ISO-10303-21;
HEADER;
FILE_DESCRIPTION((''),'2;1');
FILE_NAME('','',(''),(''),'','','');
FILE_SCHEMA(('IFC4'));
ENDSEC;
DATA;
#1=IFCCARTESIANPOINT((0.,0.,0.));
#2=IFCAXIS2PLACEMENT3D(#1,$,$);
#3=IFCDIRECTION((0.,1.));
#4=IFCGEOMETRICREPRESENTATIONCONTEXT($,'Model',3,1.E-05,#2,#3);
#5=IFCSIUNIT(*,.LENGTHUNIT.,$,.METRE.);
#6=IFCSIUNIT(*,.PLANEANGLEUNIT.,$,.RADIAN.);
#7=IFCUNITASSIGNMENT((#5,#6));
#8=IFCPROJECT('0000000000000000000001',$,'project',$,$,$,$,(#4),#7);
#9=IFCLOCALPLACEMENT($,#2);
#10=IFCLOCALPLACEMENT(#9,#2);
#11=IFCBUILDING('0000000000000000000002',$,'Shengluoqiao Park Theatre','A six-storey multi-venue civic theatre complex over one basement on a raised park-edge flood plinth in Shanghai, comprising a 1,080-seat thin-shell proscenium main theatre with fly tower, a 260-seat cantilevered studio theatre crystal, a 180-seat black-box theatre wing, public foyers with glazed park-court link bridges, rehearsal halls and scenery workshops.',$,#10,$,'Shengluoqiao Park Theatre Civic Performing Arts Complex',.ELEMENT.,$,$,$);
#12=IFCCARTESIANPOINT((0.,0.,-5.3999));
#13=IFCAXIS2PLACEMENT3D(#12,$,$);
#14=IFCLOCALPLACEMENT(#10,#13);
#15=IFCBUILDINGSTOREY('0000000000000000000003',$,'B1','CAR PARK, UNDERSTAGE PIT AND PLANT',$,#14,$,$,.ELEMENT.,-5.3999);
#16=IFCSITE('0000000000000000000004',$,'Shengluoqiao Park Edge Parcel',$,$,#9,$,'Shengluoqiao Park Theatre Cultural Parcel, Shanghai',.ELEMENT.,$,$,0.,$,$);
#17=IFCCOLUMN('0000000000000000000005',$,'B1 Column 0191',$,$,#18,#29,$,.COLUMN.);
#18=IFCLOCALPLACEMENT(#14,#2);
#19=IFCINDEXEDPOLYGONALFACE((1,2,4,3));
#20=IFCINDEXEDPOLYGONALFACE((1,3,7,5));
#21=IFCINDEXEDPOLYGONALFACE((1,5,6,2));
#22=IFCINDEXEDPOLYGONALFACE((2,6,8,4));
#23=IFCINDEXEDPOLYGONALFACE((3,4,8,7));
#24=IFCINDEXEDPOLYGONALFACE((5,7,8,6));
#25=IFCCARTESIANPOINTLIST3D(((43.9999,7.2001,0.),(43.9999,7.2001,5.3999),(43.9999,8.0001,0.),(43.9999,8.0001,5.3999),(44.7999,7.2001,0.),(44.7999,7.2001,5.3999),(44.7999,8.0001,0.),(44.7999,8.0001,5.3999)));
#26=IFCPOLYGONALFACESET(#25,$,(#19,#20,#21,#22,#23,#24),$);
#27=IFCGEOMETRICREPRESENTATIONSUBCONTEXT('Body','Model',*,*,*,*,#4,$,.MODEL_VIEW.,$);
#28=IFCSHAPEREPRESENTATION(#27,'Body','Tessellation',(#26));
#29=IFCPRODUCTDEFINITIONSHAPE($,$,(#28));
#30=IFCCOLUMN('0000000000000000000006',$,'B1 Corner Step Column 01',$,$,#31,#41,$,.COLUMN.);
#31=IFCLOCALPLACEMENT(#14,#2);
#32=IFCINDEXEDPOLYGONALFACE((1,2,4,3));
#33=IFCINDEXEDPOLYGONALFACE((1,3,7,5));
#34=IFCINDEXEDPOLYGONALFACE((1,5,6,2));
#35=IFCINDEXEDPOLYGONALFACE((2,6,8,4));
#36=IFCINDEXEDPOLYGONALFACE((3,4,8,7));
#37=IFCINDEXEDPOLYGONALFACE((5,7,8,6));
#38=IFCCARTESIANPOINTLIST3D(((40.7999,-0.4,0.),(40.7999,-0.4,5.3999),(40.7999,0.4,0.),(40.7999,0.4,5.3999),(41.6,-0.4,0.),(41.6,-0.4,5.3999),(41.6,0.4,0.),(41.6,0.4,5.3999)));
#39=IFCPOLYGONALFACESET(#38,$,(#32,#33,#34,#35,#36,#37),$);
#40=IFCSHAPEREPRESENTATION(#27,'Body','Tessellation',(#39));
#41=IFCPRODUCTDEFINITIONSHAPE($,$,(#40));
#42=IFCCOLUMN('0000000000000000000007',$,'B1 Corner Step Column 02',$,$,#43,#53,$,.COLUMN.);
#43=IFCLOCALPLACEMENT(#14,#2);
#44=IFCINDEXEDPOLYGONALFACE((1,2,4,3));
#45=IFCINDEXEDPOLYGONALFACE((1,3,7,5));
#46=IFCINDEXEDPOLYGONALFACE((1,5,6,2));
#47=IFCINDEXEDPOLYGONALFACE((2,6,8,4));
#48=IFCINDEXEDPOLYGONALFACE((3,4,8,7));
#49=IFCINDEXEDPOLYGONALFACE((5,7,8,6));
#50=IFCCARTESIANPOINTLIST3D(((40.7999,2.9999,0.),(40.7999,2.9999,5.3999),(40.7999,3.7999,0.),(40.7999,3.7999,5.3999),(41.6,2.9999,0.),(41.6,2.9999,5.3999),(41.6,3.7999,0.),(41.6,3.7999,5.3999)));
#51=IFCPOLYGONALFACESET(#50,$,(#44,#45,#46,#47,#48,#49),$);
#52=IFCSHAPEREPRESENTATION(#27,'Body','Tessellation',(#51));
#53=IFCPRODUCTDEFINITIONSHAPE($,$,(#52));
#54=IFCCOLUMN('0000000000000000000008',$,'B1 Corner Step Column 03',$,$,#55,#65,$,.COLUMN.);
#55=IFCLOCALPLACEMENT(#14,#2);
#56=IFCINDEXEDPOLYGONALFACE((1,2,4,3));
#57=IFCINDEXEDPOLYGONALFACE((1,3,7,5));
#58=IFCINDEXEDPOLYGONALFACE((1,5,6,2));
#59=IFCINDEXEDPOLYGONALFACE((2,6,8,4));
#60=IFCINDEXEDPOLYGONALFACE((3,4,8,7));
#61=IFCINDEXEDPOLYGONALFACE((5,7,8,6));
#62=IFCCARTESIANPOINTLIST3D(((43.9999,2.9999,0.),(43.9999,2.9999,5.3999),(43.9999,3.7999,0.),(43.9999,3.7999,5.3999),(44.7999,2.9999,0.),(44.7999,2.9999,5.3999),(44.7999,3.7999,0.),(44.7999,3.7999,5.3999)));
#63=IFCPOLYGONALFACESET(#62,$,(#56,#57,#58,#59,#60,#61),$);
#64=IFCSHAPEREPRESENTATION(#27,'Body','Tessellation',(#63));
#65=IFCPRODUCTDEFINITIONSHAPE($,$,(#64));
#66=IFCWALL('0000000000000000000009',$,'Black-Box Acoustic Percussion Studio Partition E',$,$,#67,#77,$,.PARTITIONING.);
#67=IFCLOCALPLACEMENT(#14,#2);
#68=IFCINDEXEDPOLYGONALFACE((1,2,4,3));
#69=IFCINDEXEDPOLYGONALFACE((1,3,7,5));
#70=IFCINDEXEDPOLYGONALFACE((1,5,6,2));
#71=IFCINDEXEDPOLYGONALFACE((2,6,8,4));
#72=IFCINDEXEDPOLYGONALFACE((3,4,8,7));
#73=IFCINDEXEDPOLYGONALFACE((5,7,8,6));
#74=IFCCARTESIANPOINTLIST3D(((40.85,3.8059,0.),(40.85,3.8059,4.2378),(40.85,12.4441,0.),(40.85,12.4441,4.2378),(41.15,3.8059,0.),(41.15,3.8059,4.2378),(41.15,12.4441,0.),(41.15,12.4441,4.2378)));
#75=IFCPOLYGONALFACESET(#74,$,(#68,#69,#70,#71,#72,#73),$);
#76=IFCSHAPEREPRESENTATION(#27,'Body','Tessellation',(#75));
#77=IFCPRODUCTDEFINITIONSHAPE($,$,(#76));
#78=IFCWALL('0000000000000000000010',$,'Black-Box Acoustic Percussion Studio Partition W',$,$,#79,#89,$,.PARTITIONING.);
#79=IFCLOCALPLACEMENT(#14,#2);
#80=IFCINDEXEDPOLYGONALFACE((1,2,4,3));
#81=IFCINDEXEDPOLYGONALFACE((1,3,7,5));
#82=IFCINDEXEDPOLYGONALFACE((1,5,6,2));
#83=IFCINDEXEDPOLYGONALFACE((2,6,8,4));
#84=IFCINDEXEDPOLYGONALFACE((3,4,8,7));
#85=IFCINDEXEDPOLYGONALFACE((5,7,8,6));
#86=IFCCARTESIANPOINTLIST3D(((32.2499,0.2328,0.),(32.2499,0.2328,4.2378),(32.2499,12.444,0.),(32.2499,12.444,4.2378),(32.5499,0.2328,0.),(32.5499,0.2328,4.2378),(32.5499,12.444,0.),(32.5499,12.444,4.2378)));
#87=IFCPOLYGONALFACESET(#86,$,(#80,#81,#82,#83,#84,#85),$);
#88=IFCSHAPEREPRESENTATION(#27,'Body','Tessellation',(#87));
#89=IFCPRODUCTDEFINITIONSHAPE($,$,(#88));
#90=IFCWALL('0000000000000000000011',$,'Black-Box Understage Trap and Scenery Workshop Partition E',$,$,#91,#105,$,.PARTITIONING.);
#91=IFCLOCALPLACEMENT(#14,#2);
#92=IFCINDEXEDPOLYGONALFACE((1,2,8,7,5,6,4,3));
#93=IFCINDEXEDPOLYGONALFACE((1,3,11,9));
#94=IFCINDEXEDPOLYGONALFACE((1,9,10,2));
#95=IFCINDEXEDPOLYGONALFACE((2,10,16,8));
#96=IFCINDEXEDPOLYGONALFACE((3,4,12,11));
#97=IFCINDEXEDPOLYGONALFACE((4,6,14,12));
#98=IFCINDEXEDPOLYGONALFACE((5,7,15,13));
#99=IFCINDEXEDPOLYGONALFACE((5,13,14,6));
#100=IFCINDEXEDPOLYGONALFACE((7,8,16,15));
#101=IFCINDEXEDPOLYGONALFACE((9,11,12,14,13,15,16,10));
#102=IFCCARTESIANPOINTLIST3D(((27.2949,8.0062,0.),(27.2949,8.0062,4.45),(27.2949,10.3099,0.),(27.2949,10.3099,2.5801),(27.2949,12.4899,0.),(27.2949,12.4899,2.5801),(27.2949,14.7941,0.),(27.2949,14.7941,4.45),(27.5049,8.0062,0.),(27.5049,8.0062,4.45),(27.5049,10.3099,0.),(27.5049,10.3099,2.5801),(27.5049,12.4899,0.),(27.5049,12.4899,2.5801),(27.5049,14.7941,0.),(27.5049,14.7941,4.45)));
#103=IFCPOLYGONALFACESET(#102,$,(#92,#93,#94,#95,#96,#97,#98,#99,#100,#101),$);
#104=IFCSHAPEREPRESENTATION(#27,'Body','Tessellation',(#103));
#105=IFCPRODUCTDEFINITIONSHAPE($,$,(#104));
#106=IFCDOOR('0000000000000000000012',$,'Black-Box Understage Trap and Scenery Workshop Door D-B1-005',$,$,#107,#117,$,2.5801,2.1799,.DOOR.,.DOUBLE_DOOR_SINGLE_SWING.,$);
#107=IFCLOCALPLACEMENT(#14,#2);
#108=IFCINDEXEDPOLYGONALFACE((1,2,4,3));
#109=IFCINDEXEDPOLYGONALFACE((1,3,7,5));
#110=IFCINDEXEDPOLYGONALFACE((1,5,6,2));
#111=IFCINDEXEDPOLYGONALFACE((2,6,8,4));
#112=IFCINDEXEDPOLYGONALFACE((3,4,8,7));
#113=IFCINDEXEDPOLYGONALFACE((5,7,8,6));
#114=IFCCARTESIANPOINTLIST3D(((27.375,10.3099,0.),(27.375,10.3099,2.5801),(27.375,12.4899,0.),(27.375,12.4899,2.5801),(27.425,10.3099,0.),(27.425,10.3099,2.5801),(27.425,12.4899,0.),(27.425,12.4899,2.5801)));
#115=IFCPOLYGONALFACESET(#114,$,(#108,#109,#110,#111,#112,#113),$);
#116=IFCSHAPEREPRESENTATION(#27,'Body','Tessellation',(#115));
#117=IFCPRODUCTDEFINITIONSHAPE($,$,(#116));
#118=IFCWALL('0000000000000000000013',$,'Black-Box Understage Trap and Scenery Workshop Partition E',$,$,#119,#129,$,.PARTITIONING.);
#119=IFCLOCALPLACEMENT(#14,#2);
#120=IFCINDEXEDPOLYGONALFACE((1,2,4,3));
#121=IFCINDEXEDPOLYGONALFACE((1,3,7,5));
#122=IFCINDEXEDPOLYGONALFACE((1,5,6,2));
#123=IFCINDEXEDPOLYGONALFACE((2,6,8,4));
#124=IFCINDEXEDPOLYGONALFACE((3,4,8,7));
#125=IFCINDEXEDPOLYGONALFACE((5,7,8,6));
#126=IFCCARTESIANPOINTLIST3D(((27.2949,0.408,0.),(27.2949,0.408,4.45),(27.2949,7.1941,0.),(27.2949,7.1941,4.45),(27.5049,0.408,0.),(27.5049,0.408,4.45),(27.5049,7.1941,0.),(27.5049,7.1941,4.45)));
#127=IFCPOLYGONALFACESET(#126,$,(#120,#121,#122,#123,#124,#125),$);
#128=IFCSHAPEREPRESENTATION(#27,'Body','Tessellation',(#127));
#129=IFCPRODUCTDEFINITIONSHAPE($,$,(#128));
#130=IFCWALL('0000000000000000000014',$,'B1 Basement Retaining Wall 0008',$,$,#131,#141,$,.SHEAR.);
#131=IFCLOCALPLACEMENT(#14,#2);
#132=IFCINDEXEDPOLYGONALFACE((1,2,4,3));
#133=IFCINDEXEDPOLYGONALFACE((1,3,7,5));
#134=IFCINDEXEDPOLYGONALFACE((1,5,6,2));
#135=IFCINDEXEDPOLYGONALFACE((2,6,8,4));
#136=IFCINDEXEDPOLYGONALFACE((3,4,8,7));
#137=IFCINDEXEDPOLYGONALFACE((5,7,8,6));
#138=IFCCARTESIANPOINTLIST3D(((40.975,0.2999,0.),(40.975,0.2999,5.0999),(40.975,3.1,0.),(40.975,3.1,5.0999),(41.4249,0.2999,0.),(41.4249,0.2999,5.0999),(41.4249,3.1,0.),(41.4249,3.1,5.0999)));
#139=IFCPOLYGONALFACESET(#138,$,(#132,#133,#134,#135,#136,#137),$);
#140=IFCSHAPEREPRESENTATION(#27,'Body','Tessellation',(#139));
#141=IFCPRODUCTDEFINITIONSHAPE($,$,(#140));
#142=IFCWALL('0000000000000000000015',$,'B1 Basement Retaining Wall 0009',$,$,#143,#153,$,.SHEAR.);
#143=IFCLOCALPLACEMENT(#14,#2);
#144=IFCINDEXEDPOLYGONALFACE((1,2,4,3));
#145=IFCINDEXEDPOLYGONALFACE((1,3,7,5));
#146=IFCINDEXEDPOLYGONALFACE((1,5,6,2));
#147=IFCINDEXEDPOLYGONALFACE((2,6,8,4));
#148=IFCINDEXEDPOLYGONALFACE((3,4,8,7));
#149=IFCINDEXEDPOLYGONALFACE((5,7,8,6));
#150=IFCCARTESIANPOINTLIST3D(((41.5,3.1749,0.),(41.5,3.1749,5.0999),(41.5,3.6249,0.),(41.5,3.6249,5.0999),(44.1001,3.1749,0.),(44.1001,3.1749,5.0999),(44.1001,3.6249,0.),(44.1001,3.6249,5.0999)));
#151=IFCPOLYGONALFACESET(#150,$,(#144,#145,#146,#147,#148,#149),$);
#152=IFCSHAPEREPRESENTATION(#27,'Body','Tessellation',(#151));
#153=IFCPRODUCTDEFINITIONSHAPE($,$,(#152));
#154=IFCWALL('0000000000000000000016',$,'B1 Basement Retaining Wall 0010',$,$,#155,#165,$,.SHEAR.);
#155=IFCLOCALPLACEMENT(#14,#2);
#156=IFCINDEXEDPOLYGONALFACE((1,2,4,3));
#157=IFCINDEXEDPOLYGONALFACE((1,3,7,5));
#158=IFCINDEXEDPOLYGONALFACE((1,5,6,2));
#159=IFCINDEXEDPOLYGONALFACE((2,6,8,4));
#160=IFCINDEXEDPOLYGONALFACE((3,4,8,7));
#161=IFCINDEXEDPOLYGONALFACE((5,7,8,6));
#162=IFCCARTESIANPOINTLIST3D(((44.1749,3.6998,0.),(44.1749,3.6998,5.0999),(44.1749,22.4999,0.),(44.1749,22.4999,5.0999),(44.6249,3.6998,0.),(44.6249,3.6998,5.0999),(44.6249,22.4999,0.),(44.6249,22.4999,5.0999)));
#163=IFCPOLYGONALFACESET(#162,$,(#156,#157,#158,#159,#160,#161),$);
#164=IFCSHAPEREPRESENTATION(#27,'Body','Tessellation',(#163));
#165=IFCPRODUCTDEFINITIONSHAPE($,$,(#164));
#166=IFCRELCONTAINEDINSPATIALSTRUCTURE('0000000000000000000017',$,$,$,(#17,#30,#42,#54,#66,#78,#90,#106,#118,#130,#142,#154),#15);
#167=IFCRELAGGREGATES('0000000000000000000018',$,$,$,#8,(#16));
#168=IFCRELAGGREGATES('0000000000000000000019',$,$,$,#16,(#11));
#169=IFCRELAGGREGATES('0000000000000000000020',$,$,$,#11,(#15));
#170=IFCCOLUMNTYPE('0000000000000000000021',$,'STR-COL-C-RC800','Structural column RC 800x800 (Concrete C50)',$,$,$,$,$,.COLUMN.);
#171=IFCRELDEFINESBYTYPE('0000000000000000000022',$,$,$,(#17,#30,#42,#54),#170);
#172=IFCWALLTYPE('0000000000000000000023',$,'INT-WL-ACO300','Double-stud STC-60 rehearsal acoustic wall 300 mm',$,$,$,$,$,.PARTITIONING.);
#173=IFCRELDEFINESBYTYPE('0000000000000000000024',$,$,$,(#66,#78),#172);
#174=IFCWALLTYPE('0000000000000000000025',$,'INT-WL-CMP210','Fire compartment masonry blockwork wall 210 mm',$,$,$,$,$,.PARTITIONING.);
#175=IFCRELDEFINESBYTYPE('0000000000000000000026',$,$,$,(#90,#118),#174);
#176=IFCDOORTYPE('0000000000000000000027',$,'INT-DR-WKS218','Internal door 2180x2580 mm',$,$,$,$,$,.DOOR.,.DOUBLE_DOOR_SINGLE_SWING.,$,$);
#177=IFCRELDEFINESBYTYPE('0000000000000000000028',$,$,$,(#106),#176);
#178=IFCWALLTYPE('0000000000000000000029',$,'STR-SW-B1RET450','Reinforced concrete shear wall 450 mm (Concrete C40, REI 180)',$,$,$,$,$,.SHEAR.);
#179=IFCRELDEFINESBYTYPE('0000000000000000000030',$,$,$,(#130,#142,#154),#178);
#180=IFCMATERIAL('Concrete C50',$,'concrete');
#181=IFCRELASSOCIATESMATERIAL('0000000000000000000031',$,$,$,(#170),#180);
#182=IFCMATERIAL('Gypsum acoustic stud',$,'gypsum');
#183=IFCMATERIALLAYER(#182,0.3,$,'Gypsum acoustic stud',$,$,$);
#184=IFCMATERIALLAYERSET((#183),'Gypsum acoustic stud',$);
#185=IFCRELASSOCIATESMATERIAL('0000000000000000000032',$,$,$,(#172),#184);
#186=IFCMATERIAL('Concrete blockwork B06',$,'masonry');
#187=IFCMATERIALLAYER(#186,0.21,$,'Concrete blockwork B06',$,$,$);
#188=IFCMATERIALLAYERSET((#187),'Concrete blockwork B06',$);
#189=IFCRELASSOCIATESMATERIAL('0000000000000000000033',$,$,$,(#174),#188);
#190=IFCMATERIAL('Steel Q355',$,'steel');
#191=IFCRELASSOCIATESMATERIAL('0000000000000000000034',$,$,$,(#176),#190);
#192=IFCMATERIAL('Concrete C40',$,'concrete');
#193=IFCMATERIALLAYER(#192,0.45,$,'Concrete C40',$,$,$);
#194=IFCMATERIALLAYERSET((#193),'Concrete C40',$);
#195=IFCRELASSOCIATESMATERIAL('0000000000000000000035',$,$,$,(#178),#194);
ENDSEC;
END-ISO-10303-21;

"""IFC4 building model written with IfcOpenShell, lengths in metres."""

from ifc_helpers import new_model, si_unit, direction, frame, frame_2d, origin, origin_2d, place, context, subcontext, project, spatial, rectangle, extrude, material, layer, layer_set, material_profile, profile_set, type_object, element, fill, save


model = new_model("IFC4")

# Units and contexts
model_context = context("Model", 3, precision=1e-05, world=origin(), true_north=direction((0.0, 1.0)))
body_context = subcontext(model_context, "Body", "Model", "MODEL_VIEW")
ifc_project = project(units=[si_unit("LENGTHUNIT", "METRE"), si_unit("PLANEANGLEUNIT", "RADIAN")], contexts=[model_context])

# Site, building, storey
site_placement = place(None, origin())
site = spatial("IfcSite", under=ifc_project, at=site_placement, Name="Shengluoqiao Park Edge Parcel", LongName="Shengluoqiao Park Theatre Cultural Parcel, Shanghai", CompositionType="ELEMENT", RefElevation=0.0)
building_placement = place(site_placement, origin())
building = spatial("IfcBuilding", under=site, at=building_placement, Name="Shengluoqiao Park Theatre", Description="A six-storey multi-venue civic theatre complex over one basement on a raised park-edge flood plinth in Shanghai, comprising a 1,080-seat thin-shell proscenium main theatre with fly tower, a 260-seat cantilevered studio theatre crystal, a 180-seat black-box theatre wing, public foyers with glazed park-court link bridges, rehearsal halls and scenery workshops.", LongName="Shengluoqiao Park Theatre Civic Performing Arts Complex", CompositionType="ELEMENT")
storey_placement = place(building_placement, frame((0.0, 0.0, -5.3999)))
storey = spatial("IfcBuildingStorey", under=building, at=storey_placement, Name="B1", Description="CAR PARK, UNDERSTAGE PIT AND PLANT", CompositionType="ELEMENT", Elevation=-5.3999)

# Shared definitions
ifc_material_1 = material(Name="Concrete C40", Category="concrete")

# Columns
ifc_material_2 = material(Name="Steel Q355", Category="steel")
ifc_material_3 = material(Name="Concrete C50", Category="concrete")
ifc_material_profile_1 = material_profile(ifc_material_3, rectangle(XDim=0.8, YDim=0.8, at=origin_2d()), Name="RC 800x800")
ifc_profile_set_1 = profile_set([ifc_material_profile_1], Name="Concrete C50")
column_type_1 = type_object("IfcColumnType", Name="STR-COL-C-RC800", Description="Structural column RC 800x800 (Concrete C50)", PredefinedType="COLUMN", material=ifc_profile_set_1)
for number, where, z_axis, x_axis, name in (
    (1, (44.3999, 7.6001, 0.0), (0.0, 0.0, 1.0), (1.0, 0.0, 0.0), "B1 Column 0191"),
    (2, (41.2, 0.0, 0.0), (0.0, 0.0, 1.0), (1.0, 0.0, 0.0), "B1 Corner Step Column 01"),
    (3, (41.2, 3.3999, 0.0), (0.0, 0.0, 1.0), (1.0, 0.0, 0.0), "B1 Corner Step Column 02"),
    (4, (44.3999, 3.3999, 0.0), (0.0, 0.0, 1.0), (1.0, 0.0, 0.0), "B1 Corner Step Column 03"),
):
    element("IfcColumn", number, at=place(storey_placement, frame(where, z_axis=z_axis, x_axis=x_axis)), inside=storey, type_object=column_type_1, Name=name, PredefinedType="COLUMN", context=body_context, shape_type="SweptSolid", body=[
        extrude(rectangle(XDim=0.8, YDim=0.8, at=origin_2d()), origin(), (0.0, 0.0, 1.0), 5.3999),
    ])

# Walls
ifc_material_4 = material(Name="Gypsum acoustic stud", Category="gypsum")
ifc_layer_1 = layer(ifc_material_4, 0.3, Name="Gypsum acoustic stud")
ifc_layer_set_1 = layer_set([ifc_layer_1], Name="Gypsum acoustic stud")
wall_type_1 = type_object("IfcWallType", Name="INT-WL-ACO300", Description="Double-stud STC-60 rehearsal acoustic wall 300 mm", PredefinedType="PARTITIONING", material=ifc_layer_set_1)
wall_1_placement = place(storey_placement, frame((41.0, 3.8059, 0.0), z_axis=(0.0, 0.0, 1.0), x_axis=(0.0, 1.0, 0.0)))
element("IfcWall", 5, at=wall_1_placement, inside=storey, type_object=wall_type_1, Name="Black-Box Acoustic Percussion Studio Partition E", PredefinedType="PARTITIONING", context=body_context, shape_type="SweptSolid", body=[
    extrude(rectangle(XDim=8.6382, YDim=0.3, at=frame_2d((4.3191, 0.0))), origin(), (0.0, 0.0, 1.0), 4.2378),
])
wall_2_placement = place(storey_placement, frame((32.3999, 0.2329, 0.0), z_axis=(0.0, 0.0, 1.0), x_axis=(0.0, 1.0, 0.0)))
element("IfcWall", 6, at=wall_2_placement, inside=storey, type_object=wall_type_1, Name="Black-Box Acoustic Percussion Studio Partition W", PredefinedType="PARTITIONING", context=body_context, shape_type="SweptSolid", body=[
    extrude(rectangle(XDim=12.2112, YDim=0.3, at=frame_2d((6.1055, 0.0))), origin(), (0.0, 0.0, 1.0), 4.2378),
])

# Wall, opening, door
ifc_material_5 = material(Name="Concrete blockwork B06", Category="masonry")
ifc_layer_2 = layer(ifc_material_5, 0.21, Name="Concrete blockwork B06")
ifc_layer_set_2 = layer_set([ifc_layer_2], Name="Concrete blockwork B06")
wall_type_2 = type_object("IfcWallType", Name="INT-WL-CMP210", Description="Fire compartment masonry blockwork wall 210 mm", PredefinedType="PARTITIONING", material=ifc_layer_set_2)
wall_3_placement = place(storey_placement, frame((27.3999, 8.0061, 0.0), z_axis=(0.0, 0.0, 1.0), x_axis=(0.0, 1.0, 0.0)))
wall_3 = element("IfcWall", 7, at=wall_3_placement, inside=storey, type_object=wall_type_2, Name="Black-Box Understage Trap and Scenery Workshop Partition E", PredefinedType="PARTITIONING", context=body_context, shape_type="SweptSolid", body=[
    extrude(rectangle(XDim=6.7878, YDim=0.21, at=frame_2d((3.394, 0.0))), origin(), (0.0, 0.0, 1.0), 4.45),
])
opening_placement = place(wall_3_placement, frame((2.304, 0.0, 0.0)))
opening = element("IfcOpeningElement", 8, at=opening_placement, cuts=wall_3, PredefinedType="OPENING", context=body_context, shape_type="SweptSolid", body=[
    extrude(rectangle(XDim=2.1799, YDim=2.5801, at=frame_2d((1.0898, 1.29))), frame((0.0, 0.115, 0.0), z_axis=(0.0, -1.0, 0.0), x_axis=(1.0, 0.0, 0.0)), (0.0, 0.0, 1.0), 0.23),
])
door_type = type_object("IfcDoorType", Name="INT-DR-WKS218", Description="Internal door 2180x2580 mm", OperationType="DOUBLE_DOOR_SINGLE_SWING", PredefinedType="DOOR", material=ifc_material_2)
door_placement = place(opening_placement, origin())
door = element("IfcDoor", 9, at=door_placement, inside=storey, type_object=door_type, Name="Black-Box Understage Trap and Scenery Workshop Door D-B1-005", OperationType="DOUBLE_DOOR_SINGLE_SWING", OverallHeight=2.5801, OverallWidth=2.1799, PredefinedType="DOOR", context=body_context, shape_type="SweptSolid", body=[
    extrude(rectangle(XDim=2.1799, YDim=2.5801, at=frame_2d((1.0898, 1.29))), frame((0.0, 0.0249, 0.0), z_axis=(0.0, -1.0, 0.0), x_axis=(1.0, 0.0, 0.0)), (0.0, 0.0, 1.0), 0.05),
])
fill(opening, door)

# Walls
wall_4_placement = place(storey_placement, frame((27.3999, 0.408, 0.0), z_axis=(0.0, 0.0, 1.0), x_axis=(0.0, 1.0, 0.0)))
element("IfcWall", 10, at=wall_4_placement, inside=storey, type_object=wall_type_2, Name="Black-Box Understage Trap and Scenery Workshop Partition E", PredefinedType="PARTITIONING", context=body_context, shape_type="SweptSolid", body=[
    extrude(rectangle(XDim=6.7861, YDim=0.21, at=frame_2d((3.3931, 0.0))), origin(), (0.0, 0.0, 1.0), 4.45),
])
ifc_layer_3 = layer(ifc_material_1, 0.45, Name="Concrete C40")
ifc_layer_set_3 = layer_set([ifc_layer_3], Name="Concrete C40")
wall_type_3 = type_object("IfcWallType", Name="STR-SW-B1RET450", Description="Reinforced concrete shear wall 450 mm (Concrete C40, REI 180)", PredefinedType="SHEAR", material=ifc_layer_set_3)
wall_5_placement = place(storey_placement, frame((41.2, 0.3, 0.0), z_axis=(0.0, 0.0, 1.0), x_axis=(0.0, 1.0, 0.0)))
element("IfcWall", 11, at=wall_5_placement, inside=storey, type_object=wall_type_3, Name="B1 Basement Retaining Wall 0008", PredefinedType="SHEAR", context=body_context, shape_type="SweptSolid", body=[
    extrude(rectangle(XDim=2.8, YDim=0.45, at=frame_2d((1.3999, 0.0))), origin(), (0.0, 0.0, 1.0), 5.0999),
])
wall_6_placement = place(storey_placement, frame((41.5, 3.3999, 0.0), z_axis=(0.0, 0.0, 1.0), x_axis=(1.0, 0.0, 0.0)))
element("IfcWall", 12, at=wall_6_placement, inside=storey, type_object=wall_type_3, Name="B1 Basement Retaining Wall 0009", PredefinedType="SHEAR", context=body_context, shape_type="SweptSolid", body=[
    extrude(rectangle(XDim=2.6001, YDim=0.45, at=frame_2d((1.3, 0.0))), origin(), (0.0, 0.0, 1.0), 5.0999),
])
wall_7_placement = place(storey_placement, frame((44.3999, 3.7, 0.0), z_axis=(0.0, 0.0, 1.0), x_axis=(0.0, 1.0, 0.0)))
element("IfcWall", 13, at=wall_7_placement, inside=storey, type_object=wall_type_3, Name="B1 Basement Retaining Wall 0010", PredefinedType="SHEAR", context=body_context, shape_type="SweptSolid", body=[
    extrude(rectangle(XDim=18.8, YDim=0.45, at=frame_2d((9.3999, 0.0))), origin(), (0.0, 0.0, 1.0), 5.0999),
])

save(model, "model.ifc")
